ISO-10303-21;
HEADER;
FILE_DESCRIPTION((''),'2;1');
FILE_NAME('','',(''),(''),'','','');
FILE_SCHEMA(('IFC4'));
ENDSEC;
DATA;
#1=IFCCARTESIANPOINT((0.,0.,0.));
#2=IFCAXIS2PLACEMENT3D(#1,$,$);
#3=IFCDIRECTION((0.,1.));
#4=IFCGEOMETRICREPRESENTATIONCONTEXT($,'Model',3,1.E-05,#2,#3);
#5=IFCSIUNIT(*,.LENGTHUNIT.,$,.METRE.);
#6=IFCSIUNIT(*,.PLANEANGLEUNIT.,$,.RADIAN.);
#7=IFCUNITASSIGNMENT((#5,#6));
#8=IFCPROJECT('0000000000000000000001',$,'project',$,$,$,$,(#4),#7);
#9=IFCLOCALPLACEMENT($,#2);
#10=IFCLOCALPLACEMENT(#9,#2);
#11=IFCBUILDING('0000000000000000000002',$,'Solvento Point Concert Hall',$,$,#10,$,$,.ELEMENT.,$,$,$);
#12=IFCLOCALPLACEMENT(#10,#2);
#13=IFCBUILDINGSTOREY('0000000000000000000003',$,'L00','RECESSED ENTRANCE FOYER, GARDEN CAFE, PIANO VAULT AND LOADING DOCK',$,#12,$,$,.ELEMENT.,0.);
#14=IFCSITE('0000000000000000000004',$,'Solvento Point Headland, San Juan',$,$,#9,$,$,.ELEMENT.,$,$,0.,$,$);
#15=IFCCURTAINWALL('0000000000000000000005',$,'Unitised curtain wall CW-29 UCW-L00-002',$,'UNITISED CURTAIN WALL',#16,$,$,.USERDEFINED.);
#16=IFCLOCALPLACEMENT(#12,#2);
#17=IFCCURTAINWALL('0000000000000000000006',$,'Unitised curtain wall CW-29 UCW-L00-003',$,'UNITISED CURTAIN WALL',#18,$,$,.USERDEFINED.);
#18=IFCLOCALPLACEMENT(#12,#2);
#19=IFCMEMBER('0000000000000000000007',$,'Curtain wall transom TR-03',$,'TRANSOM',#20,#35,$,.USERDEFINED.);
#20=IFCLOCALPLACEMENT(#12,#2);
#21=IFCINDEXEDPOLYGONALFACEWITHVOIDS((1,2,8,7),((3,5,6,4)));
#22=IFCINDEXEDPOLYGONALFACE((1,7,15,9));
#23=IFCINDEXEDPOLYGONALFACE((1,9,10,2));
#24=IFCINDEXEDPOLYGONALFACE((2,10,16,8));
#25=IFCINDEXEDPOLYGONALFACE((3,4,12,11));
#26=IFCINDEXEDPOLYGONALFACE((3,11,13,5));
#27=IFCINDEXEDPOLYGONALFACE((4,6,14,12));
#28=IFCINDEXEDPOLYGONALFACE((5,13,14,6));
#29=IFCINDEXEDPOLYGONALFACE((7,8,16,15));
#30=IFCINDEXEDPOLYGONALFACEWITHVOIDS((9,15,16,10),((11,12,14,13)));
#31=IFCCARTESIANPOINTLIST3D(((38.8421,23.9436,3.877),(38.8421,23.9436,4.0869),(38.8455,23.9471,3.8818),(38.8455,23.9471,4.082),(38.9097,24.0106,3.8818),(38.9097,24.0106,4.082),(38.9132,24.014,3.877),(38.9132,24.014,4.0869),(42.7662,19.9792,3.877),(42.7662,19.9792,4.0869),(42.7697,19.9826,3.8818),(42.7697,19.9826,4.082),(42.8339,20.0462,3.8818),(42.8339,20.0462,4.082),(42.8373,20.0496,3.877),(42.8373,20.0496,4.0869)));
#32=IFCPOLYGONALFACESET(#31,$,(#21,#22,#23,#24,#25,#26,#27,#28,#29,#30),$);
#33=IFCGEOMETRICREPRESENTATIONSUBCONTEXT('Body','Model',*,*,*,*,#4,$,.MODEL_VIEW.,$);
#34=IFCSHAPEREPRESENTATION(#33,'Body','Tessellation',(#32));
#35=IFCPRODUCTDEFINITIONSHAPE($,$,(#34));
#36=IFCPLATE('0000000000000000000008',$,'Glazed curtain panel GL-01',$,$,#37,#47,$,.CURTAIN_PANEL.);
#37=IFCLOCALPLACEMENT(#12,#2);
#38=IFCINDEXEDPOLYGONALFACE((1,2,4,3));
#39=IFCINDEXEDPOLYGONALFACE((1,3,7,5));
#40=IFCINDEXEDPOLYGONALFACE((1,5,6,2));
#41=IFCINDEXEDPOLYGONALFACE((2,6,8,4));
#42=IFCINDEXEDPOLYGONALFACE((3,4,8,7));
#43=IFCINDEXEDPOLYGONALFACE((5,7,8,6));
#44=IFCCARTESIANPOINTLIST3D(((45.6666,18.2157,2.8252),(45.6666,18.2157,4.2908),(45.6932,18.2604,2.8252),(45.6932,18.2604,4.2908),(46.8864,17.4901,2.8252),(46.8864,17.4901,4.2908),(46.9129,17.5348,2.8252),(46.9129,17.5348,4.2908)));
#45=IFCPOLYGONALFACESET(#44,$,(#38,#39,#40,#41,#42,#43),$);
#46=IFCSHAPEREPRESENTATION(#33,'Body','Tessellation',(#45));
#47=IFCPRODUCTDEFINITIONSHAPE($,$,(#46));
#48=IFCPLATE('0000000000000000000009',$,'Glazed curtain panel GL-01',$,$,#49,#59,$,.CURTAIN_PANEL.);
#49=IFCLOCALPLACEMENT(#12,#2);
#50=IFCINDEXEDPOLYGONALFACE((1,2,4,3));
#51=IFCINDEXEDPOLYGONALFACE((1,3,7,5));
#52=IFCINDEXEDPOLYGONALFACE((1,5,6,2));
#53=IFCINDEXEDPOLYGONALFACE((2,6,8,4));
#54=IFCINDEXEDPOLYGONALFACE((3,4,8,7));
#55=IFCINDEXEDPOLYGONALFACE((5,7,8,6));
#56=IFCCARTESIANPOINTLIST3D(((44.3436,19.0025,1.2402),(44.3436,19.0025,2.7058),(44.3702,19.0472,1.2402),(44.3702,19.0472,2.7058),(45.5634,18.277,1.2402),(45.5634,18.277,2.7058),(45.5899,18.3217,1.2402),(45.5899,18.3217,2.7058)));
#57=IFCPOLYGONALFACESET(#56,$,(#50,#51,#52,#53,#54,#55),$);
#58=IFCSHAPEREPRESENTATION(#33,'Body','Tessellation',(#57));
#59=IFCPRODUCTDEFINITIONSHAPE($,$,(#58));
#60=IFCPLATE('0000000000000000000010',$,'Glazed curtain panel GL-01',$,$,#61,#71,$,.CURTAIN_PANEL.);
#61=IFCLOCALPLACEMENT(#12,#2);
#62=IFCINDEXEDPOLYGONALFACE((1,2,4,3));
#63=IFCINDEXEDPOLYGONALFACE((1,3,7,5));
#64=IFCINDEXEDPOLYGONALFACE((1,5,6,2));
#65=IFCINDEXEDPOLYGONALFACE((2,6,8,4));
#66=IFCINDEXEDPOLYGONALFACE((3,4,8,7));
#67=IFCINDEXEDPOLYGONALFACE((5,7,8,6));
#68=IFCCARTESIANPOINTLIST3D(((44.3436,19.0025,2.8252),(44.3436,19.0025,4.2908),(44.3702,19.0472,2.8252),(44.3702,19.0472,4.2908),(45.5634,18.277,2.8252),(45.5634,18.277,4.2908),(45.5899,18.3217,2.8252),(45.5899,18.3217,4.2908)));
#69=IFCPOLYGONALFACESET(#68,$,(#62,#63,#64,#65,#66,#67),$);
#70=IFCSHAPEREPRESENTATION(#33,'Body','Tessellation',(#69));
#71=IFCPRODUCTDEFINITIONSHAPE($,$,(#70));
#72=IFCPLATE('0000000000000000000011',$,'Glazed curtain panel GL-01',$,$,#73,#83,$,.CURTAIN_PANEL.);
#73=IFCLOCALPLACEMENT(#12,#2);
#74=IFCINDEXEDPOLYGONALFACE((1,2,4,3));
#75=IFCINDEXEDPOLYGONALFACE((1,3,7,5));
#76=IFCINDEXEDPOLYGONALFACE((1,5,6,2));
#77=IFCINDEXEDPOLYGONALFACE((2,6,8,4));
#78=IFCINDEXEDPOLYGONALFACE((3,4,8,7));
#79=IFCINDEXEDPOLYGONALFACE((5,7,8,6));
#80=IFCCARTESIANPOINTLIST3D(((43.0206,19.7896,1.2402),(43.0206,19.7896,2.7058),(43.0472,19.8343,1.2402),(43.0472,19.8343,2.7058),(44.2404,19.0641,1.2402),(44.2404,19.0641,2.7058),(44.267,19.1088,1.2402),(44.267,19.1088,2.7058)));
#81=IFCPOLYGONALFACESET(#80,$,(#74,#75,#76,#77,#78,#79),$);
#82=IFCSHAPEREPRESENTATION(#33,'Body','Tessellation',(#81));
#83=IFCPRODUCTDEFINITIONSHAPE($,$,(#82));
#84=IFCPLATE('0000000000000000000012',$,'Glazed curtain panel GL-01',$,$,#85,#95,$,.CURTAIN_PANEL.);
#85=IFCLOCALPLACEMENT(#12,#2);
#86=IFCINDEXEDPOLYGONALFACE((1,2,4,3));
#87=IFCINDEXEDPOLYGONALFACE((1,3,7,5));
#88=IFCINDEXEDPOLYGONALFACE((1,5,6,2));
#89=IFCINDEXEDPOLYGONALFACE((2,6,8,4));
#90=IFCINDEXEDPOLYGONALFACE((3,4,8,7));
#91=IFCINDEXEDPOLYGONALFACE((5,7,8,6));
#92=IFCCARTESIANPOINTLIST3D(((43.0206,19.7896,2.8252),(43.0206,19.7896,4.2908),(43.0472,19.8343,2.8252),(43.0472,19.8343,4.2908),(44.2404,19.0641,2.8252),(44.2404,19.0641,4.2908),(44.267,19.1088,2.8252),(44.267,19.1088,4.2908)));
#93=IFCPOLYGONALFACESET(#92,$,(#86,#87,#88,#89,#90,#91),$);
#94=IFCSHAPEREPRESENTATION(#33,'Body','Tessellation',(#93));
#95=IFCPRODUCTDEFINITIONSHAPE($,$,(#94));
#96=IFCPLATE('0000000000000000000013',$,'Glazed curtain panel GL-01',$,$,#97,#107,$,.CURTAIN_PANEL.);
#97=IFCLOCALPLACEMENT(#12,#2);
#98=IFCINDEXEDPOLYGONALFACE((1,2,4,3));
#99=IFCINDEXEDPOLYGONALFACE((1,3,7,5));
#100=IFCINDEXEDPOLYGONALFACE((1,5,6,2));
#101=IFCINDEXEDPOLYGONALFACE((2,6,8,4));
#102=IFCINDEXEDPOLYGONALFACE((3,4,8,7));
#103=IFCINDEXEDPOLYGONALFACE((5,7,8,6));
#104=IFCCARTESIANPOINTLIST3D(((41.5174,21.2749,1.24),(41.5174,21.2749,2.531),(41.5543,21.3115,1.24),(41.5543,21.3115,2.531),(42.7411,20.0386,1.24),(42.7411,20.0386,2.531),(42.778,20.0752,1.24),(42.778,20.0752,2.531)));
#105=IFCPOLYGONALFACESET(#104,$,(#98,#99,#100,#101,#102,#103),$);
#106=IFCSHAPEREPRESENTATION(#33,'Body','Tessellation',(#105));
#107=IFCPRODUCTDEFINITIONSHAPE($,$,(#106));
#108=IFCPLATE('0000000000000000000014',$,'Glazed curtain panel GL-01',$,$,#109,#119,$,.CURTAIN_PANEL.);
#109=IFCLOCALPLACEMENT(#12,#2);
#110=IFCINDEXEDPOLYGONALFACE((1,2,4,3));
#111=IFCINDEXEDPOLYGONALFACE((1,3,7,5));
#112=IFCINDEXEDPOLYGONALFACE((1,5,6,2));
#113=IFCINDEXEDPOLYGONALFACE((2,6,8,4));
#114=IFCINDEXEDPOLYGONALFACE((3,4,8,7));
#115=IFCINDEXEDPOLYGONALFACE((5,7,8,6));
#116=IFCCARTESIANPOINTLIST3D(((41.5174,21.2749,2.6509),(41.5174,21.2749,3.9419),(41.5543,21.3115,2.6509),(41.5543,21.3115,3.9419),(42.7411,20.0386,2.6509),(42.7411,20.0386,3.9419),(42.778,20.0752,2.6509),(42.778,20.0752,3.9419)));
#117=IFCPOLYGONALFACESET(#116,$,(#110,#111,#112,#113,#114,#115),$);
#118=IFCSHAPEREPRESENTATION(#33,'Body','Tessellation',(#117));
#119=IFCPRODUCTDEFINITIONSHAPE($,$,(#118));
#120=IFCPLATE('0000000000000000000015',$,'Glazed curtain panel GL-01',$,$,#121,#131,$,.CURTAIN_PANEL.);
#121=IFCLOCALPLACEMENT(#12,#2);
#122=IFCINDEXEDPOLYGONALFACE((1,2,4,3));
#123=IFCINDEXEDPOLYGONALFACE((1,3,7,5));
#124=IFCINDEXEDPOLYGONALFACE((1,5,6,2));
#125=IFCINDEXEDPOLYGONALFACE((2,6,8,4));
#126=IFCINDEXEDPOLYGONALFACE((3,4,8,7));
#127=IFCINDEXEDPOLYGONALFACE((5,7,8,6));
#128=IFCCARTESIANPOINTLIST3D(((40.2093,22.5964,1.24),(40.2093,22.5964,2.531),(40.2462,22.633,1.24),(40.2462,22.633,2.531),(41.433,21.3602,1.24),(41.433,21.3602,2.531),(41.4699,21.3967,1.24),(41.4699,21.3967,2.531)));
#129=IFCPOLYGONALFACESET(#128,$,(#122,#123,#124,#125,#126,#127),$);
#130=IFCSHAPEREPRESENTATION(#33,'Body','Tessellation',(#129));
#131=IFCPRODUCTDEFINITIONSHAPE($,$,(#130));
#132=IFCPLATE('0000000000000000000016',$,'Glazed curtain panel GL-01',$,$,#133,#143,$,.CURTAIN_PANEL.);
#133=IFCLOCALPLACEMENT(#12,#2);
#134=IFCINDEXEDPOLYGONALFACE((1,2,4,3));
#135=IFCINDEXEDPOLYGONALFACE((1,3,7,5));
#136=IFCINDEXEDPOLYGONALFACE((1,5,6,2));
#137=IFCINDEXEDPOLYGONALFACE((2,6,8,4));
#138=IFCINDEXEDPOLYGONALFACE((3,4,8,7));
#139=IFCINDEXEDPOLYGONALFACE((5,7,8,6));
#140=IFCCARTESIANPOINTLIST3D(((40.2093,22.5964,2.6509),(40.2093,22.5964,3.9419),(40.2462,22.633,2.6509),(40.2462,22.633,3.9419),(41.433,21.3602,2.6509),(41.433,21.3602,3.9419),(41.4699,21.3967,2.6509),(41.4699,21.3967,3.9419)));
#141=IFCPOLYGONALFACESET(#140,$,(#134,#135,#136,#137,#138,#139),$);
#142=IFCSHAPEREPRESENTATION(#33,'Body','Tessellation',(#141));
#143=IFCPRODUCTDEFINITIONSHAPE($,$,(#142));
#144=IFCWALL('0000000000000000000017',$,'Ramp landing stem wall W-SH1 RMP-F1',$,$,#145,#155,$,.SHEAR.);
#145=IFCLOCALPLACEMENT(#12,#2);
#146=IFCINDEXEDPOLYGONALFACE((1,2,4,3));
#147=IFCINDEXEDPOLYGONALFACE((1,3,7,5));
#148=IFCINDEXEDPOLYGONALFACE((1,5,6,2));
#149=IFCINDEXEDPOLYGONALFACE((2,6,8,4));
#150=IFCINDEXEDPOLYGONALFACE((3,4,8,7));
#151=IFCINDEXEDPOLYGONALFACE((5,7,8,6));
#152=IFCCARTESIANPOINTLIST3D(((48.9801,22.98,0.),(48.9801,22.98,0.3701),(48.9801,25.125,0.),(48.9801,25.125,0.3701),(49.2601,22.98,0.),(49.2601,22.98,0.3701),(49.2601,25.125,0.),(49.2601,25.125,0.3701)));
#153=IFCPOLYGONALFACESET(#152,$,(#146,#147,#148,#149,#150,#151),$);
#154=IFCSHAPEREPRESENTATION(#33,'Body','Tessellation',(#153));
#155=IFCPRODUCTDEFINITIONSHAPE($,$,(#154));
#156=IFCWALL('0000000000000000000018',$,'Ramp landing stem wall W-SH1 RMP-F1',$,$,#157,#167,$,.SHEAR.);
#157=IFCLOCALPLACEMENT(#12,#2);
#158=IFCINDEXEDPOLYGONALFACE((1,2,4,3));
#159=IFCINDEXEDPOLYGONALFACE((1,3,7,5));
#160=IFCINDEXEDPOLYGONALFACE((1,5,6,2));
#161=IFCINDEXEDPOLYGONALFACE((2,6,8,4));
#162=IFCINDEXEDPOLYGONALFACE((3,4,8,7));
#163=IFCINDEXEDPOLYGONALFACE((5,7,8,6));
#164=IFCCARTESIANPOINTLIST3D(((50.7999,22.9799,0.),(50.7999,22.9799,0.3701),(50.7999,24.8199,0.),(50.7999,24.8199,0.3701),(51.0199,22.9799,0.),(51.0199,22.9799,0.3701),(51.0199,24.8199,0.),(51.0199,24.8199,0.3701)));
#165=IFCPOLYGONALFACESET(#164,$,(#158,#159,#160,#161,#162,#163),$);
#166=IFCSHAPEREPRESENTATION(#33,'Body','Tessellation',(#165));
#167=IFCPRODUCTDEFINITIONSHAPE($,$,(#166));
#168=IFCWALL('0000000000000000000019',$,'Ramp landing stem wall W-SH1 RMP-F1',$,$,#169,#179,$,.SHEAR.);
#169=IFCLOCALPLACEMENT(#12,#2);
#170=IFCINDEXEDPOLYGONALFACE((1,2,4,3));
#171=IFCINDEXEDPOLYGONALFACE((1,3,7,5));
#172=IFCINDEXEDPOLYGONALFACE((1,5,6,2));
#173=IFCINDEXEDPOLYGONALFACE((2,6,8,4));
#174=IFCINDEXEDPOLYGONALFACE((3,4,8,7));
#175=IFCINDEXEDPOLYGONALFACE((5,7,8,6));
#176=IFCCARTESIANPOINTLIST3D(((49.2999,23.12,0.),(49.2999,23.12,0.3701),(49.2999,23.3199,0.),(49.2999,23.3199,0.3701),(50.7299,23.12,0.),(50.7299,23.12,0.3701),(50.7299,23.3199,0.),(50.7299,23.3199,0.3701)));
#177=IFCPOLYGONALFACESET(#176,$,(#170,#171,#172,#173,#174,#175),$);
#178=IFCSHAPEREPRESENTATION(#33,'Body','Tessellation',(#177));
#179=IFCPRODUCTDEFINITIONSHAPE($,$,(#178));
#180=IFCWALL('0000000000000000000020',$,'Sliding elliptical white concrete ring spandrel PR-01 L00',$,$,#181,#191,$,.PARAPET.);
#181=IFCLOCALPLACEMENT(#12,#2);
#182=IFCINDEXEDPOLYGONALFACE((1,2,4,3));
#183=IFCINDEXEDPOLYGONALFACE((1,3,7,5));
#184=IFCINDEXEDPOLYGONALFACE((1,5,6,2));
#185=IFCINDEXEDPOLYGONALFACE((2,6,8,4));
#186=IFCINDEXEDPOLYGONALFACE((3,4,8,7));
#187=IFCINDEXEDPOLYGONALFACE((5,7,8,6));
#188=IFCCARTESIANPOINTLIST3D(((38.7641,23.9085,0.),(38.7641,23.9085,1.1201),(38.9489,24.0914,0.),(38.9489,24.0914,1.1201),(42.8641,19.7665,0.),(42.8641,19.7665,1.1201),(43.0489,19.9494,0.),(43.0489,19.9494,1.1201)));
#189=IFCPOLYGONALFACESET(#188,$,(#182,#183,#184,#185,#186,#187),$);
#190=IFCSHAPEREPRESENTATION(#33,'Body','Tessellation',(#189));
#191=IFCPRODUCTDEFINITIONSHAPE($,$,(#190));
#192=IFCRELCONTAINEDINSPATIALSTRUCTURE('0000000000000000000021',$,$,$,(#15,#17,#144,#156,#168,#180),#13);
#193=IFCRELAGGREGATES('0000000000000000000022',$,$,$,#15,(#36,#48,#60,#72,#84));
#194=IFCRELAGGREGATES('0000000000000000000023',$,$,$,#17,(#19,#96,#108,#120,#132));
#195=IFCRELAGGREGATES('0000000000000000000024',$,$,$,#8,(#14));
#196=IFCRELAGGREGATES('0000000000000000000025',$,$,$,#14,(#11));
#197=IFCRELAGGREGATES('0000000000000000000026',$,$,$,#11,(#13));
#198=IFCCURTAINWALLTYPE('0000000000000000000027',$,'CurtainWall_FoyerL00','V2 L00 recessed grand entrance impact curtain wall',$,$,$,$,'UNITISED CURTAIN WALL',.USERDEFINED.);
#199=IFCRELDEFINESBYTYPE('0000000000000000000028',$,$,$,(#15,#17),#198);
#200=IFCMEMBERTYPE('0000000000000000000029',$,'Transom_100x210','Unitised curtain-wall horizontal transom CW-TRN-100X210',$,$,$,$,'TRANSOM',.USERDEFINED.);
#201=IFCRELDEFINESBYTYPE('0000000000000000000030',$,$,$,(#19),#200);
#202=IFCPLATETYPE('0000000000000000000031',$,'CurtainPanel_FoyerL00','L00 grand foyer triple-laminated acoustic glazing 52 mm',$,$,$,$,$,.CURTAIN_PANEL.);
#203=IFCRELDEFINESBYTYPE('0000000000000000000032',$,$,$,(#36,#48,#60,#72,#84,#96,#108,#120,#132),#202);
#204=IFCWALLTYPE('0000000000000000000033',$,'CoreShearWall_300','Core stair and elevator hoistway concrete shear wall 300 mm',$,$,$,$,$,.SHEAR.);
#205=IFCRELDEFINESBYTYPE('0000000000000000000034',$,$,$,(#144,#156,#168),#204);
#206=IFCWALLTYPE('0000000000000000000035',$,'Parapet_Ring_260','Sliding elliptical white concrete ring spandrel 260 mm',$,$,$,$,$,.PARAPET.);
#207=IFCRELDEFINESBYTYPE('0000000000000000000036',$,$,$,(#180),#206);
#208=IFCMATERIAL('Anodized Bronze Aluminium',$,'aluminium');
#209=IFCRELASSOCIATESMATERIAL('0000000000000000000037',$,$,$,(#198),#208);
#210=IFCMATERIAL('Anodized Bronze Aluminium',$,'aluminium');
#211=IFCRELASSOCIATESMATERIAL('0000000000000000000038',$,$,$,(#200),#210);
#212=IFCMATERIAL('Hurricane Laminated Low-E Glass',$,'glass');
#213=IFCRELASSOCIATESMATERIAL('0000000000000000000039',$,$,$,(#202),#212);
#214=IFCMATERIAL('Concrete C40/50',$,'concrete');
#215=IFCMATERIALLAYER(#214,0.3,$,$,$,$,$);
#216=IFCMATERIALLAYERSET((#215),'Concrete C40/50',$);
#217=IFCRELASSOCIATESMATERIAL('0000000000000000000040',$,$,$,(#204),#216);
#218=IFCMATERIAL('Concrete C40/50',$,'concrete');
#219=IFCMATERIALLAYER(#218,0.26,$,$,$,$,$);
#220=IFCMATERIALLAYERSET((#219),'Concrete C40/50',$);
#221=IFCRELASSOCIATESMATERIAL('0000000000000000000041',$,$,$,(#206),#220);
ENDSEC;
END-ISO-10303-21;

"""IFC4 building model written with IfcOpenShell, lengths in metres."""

from ifc_helpers import new_model, si_unit, direction, frame, frame_2d, origin, origin_2d, place, context, subcontext, project, spatial, rectangle, hollow_rectangle, extrude, material, layer, layer_set, material_profile, profile_set, type_object, element, aggregate, save


model = new_model("IFC4")

# Units and contexts
model_context = context("Model", 3, precision=1e-05, world=origin(), true_north=direction((0.0, 1.0)))
body_context = subcontext(model_context, "Body", "Model", "MODEL_VIEW")
ifc_project = project(units=[si_unit("LENGTHUNIT", "METRE"), si_unit("PLANEANGLEUNIT", "RADIAN")], contexts=[model_context])

# Site, building, storey
site_placement = place(None, origin())
site = spatial("IfcSite", under=ifc_project, at=site_placement, Name="Solvento Point Headland, San Juan", CompositionType="ELEMENT", RefElevation=0.0)
building_placement = place(site_placement, origin())
building = spatial("IfcBuilding", under=site, at=building_placement, Name="Solvento Point Concert Hall", CompositionType="ELEMENT")
storey_placement = place(building_placement, origin())
storey = spatial("IfcBuildingStorey", under=building, at=storey_placement, Name="L00", Description="RECESSED ENTRANCE FOYER, GARDEN CAFE, PIANO VAULT AND LOADING DOCK", CompositionType="ELEMENT", Elevation=0.0)

# Curtain walls, member
ifc_material_1 = material(Name="Anodized Bronze Aluminium", Category="aluminium")
curtain_wall_type = type_object("IfcCurtainWallType", Name="CurtainWall_FoyerL00", Description="V2 L00 recessed grand entrance impact curtain wall", ElementType="UNITISED CURTAIN WALL", PredefinedType="USERDEFINED", material=ifc_material_1)
curtain_wall_1_placement = place(storey_placement, origin())
curtain_wall_1 = element("IfcCurtainWall", 1, at=curtain_wall_1_placement, inside=storey, type_object=curtain_wall_type, Name="Unitised curtain wall CW-29 UCW-L00-002", ObjectType="UNITISED CURTAIN WALL", PredefinedType="USERDEFINED")
curtain_wall_2_placement = place(storey_placement, origin())
curtain_wall_2 = element("IfcCurtainWall", 2, at=curtain_wall_2_placement, inside=storey, type_object=curtain_wall_type, Name="Unitised curtain wall CW-29 UCW-L00-003", ObjectType="UNITISED CURTAIN WALL", PredefinedType="USERDEFINED")
ifc_material_2 = material(Name="Anodized Bronze Aluminium", Category="aluminium")
ifc_material_profile_1 = material_profile(ifc_material_2, hollow_rectangle(XDim=0.1001, YDim=0.21, WallThickness=0.0049, at=origin_2d()), Name="CW-TRN-100X210")
ifc_profile_set_1 = profile_set([ifc_material_profile_1], Name="Anodized Bronze Aluminium")
member_type_1 = type_object("IfcMemberType", Name="Transom_100x210", Description="Unitised curtain-wall horizontal transom CW-TRN-100X210", ElementType="TRANSOM", PredefinedType="USERDEFINED", material=ifc_profile_set_1)
member_1_placement = place(storey_placement, frame((42.8018, 20.0144, 3.9819), z_axis=(-0.703487, 0.710708, 0.0), x_axis=(-0.710708, -0.703487, 0.0)))
member_1 = element("IfcMember", 3, at=member_1_placement, type_object=member_type_1, Name="Curtain wall transom TR-03", ObjectType="TRANSOM", PredefinedType="USERDEFINED", context=body_context, shape_type="SweptSolid", body=[
    extrude(hollow_rectangle(XDim=0.1001, YDim=0.21, WallThickness=0.0049, at=origin_2d()), origin(), (0.0, 0.0, 1.0), 5.5781),
])

# Plates
ifc_material_3 = material(Name="Hurricane Laminated Low-E Glass", Category="glass")
plate_type = type_object("IfcPlateType", Name="CurtainPanel_FoyerL00", Description="L00 grand foyer triple-laminated acoustic glazing 52 mm", PredefinedType="CURTAIN_PANEL", material=ifc_material_3)
plate_1_placement = place(storey_placement, frame((46.2898, 17.8752, 2.8252), z_axis=(0.0, 0.0, 1.0), x_axis=(-0.859448, 0.511223, 0.0)))
plate_1 = element("IfcPlate", 4, at=plate_1_placement, type_object=plate_type, Name="Glazed curtain panel GL-01", PredefinedType="CURTAIN_PANEL", context=body_context, shape_type="SweptSolid", body=[
    extrude(rectangle(XDim=1.4192, YDim=0.052, at=origin_2d()), origin(), (0.0, 0.0, 1.0), 1.4656),
])
plate_2_placement = place(storey_placement, frame((44.9668, 18.6621, 1.2402), z_axis=(0.0, 0.0, 1.0), x_axis=(-0.859448, 0.511223, 0.0)))
plate_2 = element("IfcPlate", 5, at=plate_2_placement, type_object=plate_type, Name="Glazed curtain panel GL-01", PredefinedType="CURTAIN_PANEL", context=body_context, shape_type="SweptSolid", body=[
    extrude(rectangle(XDim=1.4192, YDim=0.052, at=origin_2d()), origin(), (0.0, 0.0, 1.0), 1.4656),
])
plate_3_placement = place(storey_placement, frame((44.9668, 18.6621, 2.8252), z_axis=(0.0, 0.0, 1.0), x_axis=(-0.859448, 0.511223, 0.0)))
plate_3 = element("IfcPlate", 6, at=plate_3_placement, type_object=plate_type, Name="Glazed curtain panel GL-01", PredefinedType="CURTAIN_PANEL", context=body_context, shape_type="SweptSolid", body=[
    extrude(rectangle(XDim=1.4192, YDim=0.052, at=origin_2d()), origin(), (0.0, 0.0, 1.0), 1.4656),
])
plate_4_placement = place(storey_placement, frame((43.6438, 19.4492, 1.2402), z_axis=(0.0, 0.0, 1.0), x_axis=(-0.859448, 0.511223, 0.0)))
plate_4 = element("IfcPlate", 7, at=plate_4_placement, type_object=plate_type, Name="Glazed curtain panel GL-01", PredefinedType="CURTAIN_PANEL", context=body_context, shape_type="SweptSolid", body=[
    extrude(rectangle(XDim=1.4192, YDim=0.052, at=origin_2d()), origin(), (0.0, 0.0, 1.0), 1.4656),
])
plate_5_placement = place(storey_placement, frame((43.6438, 19.4492, 2.8252), z_axis=(0.0, 0.0, 1.0), x_axis=(-0.859448, 0.511223, 0.0)))
plate_5 = element("IfcPlate", 8, at=plate_5_placement, type_object=plate_type, Name="Glazed curtain panel GL-01", PredefinedType="CURTAIN_PANEL", context=body_context, shape_type="SweptSolid", body=[
    extrude(rectangle(XDim=1.4192, YDim=0.052, at=origin_2d()), origin(), (0.0, 0.0, 1.0), 1.4656),
])
aggregate(curtain_wall_1, [plate_1, plate_2, plate_3, plate_4, plate_5])
plate_6_placement = place(storey_placement, frame((42.1477, 20.675, 1.24), z_axis=(0.0, 0.0, 1.0), x_axis=(-0.703494, 0.710701, 0.0)))
plate_6 = element("IfcPlate", 9, at=plate_6_placement, type_object=plate_type, Name="Glazed curtain panel GL-01", PredefinedType="CURTAIN_PANEL", context=body_context, shape_type="SweptSolid", body=[
    extrude(rectangle(XDim=1.7395, YDim=0.052, at=origin_2d()), origin(), (0.0, 0.0, 1.0), 1.291),
])
plate_7_placement = place(storey_placement, frame((42.1477, 20.675, 2.6509), z_axis=(0.0, 0.0, 1.0), x_axis=(-0.703494, 0.710701, 0.0)))
plate_7 = element("IfcPlate", 10, at=plate_7_placement, type_object=plate_type, Name="Glazed curtain panel GL-01", PredefinedType="CURTAIN_PANEL", context=body_context, shape_type="SweptSolid", body=[
    extrude(rectangle(XDim=1.7395, YDim=0.052, at=origin_2d()), origin(), (0.0, 0.0, 1.0), 1.291),
])
plate_8_placement = place(storey_placement, frame((40.8396, 21.9966, 1.24), z_axis=(0.0, 0.0, 1.0), x_axis=(-0.703494, 0.710701, 0.0)))
plate_8 = element("IfcPlate", 11, at=plate_8_placement, type_object=plate_type, Name="Glazed curtain panel GL-01", PredefinedType="CURTAIN_PANEL", context=body_context, shape_type="SweptSolid", body=[
    extrude(rectangle(XDim=1.7395, YDim=0.052, at=origin_2d()), origin(), (0.0, 0.0, 1.0), 1.291),
])
plate_9_placement = place(storey_placement, frame((40.8396, 21.9966, 2.6509), z_axis=(0.0, 0.0, 1.0), x_axis=(-0.703494, 0.710701, 0.0)))
plate_9 = element("IfcPlate", 12, at=plate_9_placement, type_object=plate_type, Name="Glazed curtain panel GL-01", PredefinedType="CURTAIN_PANEL", context=body_context, shape_type="SweptSolid", body=[
    extrude(rectangle(XDim=1.7395, YDim=0.052, at=origin_2d()), origin(), (0.0, 0.0, 1.0), 1.291),
])
aggregate(curtain_wall_2, [member_1, plate_6, plate_7, plate_8, plate_9])

# Walls
ifc_material_4 = material(Name="Concrete C40/50", Category="concrete")
ifc_layer_1 = layer(ifc_material_4, 0.3)
ifc_layer_set_1 = layer_set([ifc_layer_1], Name="Concrete C40/50")
wall_type_1 = type_object("IfcWallType", Name="CoreShearWall_300", Description="Core stair and elevator hoistway concrete shear wall 300 mm", PredefinedType="SHEAR", material=ifc_layer_set_1)
wall_1_placement = place(storey_placement, frame((49.1201, 22.98, 0.0), z_axis=(0.0, 0.0, 1.0), x_axis=(0.0, 1.0, 0.0)))
element("IfcWall", 13, at=wall_1_placement, inside=storey, type_object=wall_type_1, Name="Ramp landing stem wall W-SH1 RMP-F1", PredefinedType="SHEAR", context=body_context, shape_type="SweptSolid", body=[
    extrude(rectangle(XDim=2.145, YDim=0.28, at=frame_2d((1.0725, 0.0))), origin(), (0.0, 0.0, 1.0), 0.3701),
])
wall_2_placement = place(storey_placement, frame((50.9099, 22.98, 0.0), z_axis=(0.0, 0.0, 1.0), x_axis=(0.0, 1.0, 0.0)))
element("IfcWall", 14, at=wall_2_placement, inside=storey, type_object=wall_type_1, Name="Ramp landing stem wall W-SH1 RMP-F1", PredefinedType="SHEAR", context=body_context, shape_type="SweptSolid", body=[
    extrude(rectangle(XDim=1.8401, YDim=0.22, at=frame_2d((0.9199, 0.0))), origin(), (0.0, 0.0, 1.0), 0.3701),
])
wall_3_placement = place(storey_placement, frame((49.3, 23.22, 0.0), z_axis=(0.0, 0.0, 1.0), x_axis=(1.0, 0.0, 0.0)))
element("IfcWall", 15, at=wall_3_placement, inside=storey, type_object=wall_type_1, Name="Ramp landing stem wall W-SH1 RMP-F1", PredefinedType="SHEAR", context=body_context, shape_type="SweptSolid", body=[
    extrude(rectangle(XDim=1.4299, YDim=0.2, at=frame_2d((0.7148, 0.0))), origin(), (0.0, 0.0, 1.0), 0.3701),
])
ifc_material_5 = material(Name="Concrete C40/50", Category="concrete")
ifc_layer_2 = layer(ifc_material_5, 0.26)
ifc_layer_set_2 = layer_set([ifc_layer_2], Name="Concrete C40/50")
wall_type_2 = type_object("IfcWallType", Name="Parapet_Ring_260", Description="Sliding elliptical white concrete ring spandrel 260 mm", PredefinedType="PARAPET", material=ifc_layer_set_2)
wall_4_placement = place(storey_placement, frame((42.9565, 19.8579, 0.0), z_axis=(0.0, 0.0, 1.0), x_axis=(-0.703495, 0.7107, 0.0)))
element("IfcWall", 16, at=wall_4_placement, inside=storey, type_object=wall_type_2, Name="Sliding elliptical white concrete ring spandrel PR-01 L00", PredefinedType="PARAPET", context=body_context, shape_type="SweptSolid", body=[
    extrude(rectangle(XDim=5.8281, YDim=0.26, at=frame_2d((2.9141, 0.0))), origin(), (0.0, 0.0, 1.0), 1.1201),
])

save(model, "model.ifc")
